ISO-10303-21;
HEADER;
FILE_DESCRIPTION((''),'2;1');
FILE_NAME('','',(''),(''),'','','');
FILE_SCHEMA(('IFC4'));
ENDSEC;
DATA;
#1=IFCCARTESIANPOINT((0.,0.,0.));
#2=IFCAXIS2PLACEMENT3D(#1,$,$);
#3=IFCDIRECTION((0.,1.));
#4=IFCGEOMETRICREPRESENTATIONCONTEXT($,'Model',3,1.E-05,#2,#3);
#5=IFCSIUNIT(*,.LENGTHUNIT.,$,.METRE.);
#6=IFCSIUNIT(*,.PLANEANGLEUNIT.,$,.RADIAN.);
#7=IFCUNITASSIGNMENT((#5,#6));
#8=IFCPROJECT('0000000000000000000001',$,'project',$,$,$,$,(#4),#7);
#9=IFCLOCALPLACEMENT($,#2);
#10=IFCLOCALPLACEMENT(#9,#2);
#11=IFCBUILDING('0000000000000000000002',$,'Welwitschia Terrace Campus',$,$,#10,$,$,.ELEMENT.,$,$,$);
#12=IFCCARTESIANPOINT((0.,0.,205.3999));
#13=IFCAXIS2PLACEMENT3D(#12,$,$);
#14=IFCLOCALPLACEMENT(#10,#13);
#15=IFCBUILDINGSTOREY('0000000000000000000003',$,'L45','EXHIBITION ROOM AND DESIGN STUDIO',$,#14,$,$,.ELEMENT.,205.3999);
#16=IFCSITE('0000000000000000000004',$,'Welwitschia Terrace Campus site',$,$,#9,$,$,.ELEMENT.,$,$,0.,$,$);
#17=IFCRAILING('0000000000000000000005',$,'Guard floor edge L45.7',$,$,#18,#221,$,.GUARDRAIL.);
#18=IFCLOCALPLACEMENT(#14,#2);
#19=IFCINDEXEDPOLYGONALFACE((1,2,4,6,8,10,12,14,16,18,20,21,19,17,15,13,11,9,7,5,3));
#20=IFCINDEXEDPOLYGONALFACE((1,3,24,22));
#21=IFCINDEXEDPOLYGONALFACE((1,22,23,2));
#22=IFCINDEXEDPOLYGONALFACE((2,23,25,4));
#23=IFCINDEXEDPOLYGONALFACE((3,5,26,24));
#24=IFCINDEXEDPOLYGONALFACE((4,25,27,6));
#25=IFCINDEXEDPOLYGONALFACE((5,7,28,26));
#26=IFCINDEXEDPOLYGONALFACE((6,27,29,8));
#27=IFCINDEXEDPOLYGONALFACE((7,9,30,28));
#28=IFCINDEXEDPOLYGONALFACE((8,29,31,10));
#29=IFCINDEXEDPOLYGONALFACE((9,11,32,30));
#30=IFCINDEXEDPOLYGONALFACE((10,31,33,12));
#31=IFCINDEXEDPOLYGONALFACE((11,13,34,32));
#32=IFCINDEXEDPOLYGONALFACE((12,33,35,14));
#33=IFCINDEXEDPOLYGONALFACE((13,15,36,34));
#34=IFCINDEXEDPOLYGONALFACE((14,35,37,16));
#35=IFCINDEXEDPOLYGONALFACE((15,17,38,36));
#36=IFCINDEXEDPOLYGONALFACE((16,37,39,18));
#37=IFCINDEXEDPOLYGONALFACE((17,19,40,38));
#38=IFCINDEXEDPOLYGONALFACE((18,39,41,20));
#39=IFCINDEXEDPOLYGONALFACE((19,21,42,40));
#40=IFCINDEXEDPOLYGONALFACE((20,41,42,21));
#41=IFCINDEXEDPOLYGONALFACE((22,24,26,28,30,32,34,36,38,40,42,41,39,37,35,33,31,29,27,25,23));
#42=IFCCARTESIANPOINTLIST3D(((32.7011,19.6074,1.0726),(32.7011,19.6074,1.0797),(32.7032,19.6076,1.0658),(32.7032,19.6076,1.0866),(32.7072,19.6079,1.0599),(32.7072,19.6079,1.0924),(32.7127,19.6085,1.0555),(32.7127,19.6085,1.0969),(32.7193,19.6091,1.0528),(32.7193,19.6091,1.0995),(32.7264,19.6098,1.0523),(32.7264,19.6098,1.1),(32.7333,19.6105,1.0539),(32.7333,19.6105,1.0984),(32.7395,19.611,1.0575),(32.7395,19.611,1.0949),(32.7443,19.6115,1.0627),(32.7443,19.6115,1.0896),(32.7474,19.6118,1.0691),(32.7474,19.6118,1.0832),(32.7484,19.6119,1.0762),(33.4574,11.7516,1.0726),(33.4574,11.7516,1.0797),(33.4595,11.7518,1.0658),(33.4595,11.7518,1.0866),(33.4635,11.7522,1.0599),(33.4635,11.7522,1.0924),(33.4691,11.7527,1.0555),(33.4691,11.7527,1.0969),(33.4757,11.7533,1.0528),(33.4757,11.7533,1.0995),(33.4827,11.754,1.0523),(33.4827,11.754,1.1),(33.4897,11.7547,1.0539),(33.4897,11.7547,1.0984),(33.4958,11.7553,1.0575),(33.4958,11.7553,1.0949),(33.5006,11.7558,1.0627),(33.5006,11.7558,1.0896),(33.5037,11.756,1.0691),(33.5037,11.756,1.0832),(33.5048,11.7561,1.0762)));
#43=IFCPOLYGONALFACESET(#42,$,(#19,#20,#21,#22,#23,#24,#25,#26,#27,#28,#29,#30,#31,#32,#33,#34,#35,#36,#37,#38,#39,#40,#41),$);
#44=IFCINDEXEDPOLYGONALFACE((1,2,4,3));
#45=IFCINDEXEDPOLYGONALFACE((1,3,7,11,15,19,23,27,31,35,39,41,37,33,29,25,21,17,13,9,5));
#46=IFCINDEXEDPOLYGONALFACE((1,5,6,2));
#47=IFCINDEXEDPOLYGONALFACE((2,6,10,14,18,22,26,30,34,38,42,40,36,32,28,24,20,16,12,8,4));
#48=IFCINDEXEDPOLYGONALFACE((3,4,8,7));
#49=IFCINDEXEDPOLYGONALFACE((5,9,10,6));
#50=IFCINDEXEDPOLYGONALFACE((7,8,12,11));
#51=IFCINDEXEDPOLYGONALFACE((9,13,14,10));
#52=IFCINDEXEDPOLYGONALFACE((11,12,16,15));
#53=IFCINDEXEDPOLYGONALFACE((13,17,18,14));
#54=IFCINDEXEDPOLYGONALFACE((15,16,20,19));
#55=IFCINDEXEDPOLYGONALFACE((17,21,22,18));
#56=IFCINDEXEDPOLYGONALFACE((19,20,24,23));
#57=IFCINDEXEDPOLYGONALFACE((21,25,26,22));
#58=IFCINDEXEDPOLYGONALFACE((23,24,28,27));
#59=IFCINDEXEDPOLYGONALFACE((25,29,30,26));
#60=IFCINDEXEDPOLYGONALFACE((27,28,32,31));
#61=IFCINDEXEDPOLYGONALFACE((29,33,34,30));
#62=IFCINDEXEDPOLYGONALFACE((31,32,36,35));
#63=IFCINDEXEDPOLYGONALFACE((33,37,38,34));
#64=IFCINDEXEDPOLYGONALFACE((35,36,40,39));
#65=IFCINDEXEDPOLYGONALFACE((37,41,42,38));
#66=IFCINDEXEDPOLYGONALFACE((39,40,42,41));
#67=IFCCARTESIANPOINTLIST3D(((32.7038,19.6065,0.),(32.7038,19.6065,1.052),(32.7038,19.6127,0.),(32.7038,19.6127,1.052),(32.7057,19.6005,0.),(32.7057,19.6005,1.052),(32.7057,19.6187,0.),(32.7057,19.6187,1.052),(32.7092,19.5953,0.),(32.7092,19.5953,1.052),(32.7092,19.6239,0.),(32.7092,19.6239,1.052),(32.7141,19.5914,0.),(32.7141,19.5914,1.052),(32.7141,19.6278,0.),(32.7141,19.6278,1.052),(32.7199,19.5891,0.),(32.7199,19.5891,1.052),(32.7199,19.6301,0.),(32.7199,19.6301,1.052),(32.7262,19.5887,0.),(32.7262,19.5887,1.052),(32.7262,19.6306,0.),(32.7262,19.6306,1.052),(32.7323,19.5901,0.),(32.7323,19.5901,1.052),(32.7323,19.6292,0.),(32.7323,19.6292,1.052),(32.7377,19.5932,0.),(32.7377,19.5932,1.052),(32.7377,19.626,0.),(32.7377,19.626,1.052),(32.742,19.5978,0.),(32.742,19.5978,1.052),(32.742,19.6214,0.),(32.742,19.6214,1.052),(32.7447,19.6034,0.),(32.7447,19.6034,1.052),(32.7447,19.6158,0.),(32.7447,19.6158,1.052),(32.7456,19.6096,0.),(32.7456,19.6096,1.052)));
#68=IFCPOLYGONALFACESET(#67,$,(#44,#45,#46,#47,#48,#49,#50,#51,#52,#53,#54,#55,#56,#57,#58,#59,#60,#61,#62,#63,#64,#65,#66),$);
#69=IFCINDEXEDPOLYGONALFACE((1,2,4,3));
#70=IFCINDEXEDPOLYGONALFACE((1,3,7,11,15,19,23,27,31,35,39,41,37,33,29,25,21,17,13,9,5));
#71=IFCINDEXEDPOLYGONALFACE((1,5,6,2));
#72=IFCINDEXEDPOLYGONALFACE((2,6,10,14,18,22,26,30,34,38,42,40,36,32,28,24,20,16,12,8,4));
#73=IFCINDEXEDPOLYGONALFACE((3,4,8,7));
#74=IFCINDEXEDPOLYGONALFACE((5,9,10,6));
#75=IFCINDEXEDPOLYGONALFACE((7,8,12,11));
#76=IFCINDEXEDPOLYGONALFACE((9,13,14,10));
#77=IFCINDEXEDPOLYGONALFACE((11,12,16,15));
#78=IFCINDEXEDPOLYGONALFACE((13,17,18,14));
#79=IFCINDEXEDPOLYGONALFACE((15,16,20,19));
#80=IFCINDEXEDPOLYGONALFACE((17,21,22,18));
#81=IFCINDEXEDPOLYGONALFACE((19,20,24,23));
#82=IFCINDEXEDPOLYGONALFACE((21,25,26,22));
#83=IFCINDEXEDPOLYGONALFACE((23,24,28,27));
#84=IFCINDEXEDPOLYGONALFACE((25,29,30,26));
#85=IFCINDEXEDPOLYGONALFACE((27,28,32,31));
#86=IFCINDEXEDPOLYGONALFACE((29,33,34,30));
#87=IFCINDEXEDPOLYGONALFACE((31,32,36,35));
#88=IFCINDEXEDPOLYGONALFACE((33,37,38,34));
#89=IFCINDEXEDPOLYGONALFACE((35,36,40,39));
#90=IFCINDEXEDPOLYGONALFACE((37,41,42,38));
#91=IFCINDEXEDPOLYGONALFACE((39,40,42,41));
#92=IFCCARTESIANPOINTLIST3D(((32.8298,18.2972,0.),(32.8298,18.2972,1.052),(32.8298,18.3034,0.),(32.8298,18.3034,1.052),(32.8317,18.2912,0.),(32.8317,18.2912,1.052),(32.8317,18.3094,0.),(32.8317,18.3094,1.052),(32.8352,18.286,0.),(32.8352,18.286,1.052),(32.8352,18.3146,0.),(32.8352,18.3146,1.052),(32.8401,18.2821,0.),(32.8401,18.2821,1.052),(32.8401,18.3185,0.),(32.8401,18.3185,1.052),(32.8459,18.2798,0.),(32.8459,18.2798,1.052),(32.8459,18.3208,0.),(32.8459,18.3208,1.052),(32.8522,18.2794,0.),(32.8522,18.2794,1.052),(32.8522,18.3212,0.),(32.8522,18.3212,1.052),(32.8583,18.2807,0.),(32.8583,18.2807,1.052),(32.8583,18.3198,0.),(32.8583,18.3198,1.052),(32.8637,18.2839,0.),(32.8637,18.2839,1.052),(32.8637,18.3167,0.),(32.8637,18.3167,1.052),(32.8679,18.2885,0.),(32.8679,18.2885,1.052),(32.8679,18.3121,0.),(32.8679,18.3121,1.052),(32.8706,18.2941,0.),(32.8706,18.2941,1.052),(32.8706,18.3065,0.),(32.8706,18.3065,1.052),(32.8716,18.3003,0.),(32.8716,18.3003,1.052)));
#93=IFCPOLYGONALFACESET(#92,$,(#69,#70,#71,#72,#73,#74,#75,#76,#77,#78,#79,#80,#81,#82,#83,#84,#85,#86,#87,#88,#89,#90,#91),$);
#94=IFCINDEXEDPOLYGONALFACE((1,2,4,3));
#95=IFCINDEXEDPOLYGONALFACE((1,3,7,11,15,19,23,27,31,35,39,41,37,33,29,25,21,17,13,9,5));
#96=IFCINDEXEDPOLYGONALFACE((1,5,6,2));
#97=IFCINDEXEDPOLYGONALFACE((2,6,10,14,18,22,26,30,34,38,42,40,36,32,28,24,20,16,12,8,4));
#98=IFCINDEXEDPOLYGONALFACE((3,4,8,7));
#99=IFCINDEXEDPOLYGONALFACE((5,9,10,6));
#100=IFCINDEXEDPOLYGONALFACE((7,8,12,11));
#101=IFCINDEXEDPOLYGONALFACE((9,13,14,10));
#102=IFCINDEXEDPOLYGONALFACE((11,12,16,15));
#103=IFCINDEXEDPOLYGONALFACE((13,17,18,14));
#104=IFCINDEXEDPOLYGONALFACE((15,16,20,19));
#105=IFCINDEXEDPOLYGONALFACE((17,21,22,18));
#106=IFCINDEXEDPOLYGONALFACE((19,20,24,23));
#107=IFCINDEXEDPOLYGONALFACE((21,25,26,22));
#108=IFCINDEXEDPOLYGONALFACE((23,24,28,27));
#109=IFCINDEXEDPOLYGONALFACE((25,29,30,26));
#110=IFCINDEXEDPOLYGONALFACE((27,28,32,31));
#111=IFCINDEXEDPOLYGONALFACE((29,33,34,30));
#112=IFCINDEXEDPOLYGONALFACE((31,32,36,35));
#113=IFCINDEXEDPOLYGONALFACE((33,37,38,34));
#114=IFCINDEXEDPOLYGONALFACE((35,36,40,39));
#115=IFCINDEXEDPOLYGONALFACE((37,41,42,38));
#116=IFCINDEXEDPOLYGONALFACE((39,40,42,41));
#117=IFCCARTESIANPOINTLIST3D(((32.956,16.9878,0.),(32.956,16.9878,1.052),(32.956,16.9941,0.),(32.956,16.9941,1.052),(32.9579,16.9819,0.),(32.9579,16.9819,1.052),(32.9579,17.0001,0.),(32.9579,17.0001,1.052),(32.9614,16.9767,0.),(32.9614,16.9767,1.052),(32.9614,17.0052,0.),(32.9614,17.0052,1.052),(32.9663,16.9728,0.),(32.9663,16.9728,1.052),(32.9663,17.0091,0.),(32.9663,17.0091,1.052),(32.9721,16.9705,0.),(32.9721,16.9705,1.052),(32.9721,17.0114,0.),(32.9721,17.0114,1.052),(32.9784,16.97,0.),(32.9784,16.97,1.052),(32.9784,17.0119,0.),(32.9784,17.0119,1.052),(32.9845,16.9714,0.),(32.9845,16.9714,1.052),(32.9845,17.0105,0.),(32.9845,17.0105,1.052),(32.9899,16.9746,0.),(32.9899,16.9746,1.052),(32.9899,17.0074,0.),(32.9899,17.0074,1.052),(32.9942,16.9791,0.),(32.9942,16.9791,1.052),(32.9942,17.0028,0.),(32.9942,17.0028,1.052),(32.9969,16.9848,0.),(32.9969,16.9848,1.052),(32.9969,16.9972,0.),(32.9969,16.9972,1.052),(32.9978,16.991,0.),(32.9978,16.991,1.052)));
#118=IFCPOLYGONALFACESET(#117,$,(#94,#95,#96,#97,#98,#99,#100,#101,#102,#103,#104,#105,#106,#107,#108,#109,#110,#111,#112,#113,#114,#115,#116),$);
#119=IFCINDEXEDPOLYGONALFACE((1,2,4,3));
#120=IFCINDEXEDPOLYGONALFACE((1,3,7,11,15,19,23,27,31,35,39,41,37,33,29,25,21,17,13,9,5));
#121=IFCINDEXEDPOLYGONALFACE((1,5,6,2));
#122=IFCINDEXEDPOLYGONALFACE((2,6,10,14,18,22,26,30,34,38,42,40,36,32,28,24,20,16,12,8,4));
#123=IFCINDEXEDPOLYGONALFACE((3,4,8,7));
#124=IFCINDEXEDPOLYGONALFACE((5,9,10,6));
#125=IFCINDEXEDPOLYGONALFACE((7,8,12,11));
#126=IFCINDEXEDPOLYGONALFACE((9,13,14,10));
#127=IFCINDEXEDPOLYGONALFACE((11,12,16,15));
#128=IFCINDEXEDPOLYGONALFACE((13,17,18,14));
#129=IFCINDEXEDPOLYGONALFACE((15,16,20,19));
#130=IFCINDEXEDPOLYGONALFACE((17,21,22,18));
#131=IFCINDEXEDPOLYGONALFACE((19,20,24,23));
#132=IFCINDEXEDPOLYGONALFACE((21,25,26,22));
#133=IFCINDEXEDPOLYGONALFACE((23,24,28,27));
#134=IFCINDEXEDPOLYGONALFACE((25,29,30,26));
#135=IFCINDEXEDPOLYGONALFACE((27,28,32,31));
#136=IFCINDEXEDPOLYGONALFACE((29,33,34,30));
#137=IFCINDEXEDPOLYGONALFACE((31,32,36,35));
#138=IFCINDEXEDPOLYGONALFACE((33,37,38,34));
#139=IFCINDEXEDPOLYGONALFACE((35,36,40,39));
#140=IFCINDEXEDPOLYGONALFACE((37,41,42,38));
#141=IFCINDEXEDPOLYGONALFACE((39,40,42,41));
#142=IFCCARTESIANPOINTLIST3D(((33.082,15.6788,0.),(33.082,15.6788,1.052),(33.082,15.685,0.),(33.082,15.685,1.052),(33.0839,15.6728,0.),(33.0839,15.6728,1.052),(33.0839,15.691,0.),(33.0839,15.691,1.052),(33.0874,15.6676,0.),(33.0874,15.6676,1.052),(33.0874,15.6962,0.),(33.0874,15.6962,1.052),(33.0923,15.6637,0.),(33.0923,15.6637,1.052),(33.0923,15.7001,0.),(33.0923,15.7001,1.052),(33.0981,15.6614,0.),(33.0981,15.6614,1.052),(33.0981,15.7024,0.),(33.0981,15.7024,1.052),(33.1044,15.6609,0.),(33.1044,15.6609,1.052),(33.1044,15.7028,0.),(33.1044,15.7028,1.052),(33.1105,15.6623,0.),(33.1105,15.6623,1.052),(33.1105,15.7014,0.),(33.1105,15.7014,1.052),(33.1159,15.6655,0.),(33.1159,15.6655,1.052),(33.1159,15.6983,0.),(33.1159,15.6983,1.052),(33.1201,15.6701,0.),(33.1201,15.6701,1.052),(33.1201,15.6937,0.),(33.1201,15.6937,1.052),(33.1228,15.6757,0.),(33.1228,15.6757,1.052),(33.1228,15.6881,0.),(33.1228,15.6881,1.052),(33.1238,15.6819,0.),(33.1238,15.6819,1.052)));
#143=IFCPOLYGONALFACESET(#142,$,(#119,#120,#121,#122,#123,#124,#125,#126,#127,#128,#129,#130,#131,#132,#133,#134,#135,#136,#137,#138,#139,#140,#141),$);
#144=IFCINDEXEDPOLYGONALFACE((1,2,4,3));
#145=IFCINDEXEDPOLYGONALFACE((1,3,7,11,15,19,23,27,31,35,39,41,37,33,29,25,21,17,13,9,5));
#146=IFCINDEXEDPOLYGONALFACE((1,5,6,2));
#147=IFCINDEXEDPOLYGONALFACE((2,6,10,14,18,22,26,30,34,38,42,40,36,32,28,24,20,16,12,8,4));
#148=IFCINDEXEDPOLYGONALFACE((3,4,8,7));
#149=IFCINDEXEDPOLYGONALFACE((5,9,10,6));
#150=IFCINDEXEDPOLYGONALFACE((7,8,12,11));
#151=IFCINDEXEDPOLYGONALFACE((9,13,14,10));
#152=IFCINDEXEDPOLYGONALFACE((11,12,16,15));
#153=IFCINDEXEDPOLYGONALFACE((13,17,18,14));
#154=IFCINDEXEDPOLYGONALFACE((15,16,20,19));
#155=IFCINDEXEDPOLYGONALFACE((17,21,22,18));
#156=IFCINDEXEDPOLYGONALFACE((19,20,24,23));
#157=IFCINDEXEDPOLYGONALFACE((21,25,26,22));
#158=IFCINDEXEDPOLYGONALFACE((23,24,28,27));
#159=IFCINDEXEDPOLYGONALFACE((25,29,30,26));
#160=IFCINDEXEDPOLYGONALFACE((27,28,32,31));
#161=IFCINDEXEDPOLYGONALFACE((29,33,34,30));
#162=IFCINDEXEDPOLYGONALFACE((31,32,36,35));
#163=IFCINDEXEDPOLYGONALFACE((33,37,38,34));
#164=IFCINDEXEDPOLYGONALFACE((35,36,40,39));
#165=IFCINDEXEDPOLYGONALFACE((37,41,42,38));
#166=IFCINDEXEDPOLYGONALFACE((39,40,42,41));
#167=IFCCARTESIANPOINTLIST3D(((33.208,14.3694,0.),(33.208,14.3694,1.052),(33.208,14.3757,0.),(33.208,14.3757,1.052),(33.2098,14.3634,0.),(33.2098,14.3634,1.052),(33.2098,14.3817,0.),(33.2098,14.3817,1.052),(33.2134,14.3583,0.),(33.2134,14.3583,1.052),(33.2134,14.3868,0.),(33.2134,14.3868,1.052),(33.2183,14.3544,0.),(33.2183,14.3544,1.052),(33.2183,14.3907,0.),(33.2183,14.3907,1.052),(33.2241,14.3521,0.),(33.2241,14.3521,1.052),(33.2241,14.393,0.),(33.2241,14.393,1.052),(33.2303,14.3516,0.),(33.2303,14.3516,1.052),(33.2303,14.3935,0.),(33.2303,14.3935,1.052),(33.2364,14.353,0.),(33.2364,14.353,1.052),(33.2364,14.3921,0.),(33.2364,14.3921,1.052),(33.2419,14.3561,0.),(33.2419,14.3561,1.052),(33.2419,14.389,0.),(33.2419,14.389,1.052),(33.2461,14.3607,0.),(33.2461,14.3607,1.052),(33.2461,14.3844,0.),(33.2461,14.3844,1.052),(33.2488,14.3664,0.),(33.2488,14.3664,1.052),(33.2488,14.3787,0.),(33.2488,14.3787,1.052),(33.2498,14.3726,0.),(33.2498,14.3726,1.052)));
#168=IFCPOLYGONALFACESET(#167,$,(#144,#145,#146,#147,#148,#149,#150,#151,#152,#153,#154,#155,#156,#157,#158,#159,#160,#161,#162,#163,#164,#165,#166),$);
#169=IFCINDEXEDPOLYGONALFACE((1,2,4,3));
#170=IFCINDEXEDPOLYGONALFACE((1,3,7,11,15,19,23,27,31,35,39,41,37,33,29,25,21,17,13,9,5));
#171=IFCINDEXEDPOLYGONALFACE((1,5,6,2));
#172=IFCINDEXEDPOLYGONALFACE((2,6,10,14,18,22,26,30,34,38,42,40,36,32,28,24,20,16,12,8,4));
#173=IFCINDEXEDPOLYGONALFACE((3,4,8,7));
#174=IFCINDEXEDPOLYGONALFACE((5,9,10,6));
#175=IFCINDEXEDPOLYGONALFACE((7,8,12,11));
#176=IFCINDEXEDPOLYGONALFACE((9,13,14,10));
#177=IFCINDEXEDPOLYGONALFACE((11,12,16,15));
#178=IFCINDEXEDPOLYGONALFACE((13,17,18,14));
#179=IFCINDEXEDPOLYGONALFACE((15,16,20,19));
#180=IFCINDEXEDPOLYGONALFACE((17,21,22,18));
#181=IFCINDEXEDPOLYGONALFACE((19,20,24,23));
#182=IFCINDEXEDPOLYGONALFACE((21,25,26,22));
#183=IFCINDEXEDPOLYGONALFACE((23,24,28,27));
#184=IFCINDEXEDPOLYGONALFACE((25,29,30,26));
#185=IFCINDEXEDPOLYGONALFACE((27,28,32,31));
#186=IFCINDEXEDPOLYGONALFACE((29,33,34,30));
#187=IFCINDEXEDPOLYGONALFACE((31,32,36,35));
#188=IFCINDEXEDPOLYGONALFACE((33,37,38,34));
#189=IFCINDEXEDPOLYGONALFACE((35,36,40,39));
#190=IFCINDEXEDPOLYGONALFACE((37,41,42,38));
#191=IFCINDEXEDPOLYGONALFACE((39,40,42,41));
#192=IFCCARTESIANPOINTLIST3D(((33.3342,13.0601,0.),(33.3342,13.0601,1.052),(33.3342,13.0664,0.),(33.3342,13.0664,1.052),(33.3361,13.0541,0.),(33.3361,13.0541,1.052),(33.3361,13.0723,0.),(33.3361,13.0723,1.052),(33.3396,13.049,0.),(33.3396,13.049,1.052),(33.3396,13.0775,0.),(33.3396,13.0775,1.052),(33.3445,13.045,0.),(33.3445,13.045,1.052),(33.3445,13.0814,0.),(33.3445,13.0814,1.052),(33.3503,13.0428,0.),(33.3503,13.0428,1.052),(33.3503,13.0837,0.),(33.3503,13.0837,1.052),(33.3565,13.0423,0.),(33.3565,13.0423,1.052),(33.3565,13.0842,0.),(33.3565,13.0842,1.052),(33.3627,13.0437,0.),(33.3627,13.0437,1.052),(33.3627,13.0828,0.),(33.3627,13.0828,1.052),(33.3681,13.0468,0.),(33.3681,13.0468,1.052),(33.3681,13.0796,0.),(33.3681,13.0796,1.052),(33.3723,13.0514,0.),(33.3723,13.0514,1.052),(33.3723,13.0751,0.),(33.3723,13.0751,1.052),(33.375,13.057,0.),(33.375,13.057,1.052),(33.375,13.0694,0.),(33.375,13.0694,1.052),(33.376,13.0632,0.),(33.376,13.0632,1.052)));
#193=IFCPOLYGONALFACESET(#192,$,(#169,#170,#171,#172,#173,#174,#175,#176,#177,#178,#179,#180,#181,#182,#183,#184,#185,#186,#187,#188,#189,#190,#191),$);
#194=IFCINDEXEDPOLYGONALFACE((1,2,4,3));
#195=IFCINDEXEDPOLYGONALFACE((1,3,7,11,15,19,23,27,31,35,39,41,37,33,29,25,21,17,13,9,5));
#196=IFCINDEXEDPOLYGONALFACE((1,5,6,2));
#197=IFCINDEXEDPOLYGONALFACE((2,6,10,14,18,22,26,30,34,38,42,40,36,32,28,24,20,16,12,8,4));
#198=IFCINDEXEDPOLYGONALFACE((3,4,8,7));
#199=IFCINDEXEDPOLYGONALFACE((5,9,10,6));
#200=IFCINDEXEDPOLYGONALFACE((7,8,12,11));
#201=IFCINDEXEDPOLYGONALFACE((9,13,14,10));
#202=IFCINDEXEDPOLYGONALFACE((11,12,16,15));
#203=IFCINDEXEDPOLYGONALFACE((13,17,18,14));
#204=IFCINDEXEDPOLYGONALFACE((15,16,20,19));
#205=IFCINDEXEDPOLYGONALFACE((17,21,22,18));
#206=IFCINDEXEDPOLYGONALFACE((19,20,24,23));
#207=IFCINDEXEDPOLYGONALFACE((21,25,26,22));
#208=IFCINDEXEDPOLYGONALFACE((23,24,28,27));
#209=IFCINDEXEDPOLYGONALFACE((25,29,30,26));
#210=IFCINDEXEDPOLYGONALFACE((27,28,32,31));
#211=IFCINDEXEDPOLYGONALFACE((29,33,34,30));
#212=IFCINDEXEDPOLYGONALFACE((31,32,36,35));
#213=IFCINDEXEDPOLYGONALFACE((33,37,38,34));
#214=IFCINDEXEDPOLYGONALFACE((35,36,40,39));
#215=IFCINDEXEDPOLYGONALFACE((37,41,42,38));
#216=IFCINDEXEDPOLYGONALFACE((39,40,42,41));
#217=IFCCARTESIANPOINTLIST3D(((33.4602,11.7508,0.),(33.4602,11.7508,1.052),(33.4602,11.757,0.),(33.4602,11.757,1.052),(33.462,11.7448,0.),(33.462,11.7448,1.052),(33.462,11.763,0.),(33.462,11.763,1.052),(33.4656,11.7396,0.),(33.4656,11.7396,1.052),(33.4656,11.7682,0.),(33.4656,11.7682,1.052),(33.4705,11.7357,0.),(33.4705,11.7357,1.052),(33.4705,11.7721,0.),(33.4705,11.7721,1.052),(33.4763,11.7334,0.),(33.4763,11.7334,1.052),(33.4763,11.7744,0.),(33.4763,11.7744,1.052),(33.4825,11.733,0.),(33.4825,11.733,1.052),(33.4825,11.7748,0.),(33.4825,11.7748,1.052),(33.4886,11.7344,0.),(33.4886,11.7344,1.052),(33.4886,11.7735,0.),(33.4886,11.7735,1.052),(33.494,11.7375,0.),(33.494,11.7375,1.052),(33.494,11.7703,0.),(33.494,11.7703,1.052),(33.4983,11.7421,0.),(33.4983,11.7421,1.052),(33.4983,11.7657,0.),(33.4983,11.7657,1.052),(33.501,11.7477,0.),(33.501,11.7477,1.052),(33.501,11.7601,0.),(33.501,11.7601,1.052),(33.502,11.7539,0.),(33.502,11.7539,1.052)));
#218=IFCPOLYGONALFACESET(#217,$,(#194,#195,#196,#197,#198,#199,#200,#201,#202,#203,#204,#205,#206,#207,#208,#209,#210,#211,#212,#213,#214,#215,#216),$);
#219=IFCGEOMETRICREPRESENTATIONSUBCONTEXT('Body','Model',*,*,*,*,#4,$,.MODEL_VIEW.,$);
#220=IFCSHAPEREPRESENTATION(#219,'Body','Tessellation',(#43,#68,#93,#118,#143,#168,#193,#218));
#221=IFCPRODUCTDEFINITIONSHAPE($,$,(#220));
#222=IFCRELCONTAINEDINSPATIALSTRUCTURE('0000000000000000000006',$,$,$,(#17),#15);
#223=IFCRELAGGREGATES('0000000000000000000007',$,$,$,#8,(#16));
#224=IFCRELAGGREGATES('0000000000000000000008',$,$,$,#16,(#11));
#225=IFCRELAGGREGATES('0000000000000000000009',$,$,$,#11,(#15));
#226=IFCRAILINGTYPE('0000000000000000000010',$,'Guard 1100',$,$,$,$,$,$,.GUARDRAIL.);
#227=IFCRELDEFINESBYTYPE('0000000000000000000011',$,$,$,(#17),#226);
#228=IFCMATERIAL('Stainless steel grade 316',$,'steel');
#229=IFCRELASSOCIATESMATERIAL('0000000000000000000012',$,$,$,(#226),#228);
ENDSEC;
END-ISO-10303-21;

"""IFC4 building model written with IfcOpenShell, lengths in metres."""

from ifc_helpers import new_model, si_unit, direction, frame, origin, origin_2d, place, context, subcontext, project, spatial, circle, extrude, material, type_object, element, save


model = new_model("IFC4")

# Units and contexts
model_context = context("Model", 3, precision=1e-05, world=origin(), true_north=direction((0.0, 1.0)))
body_context = subcontext(model_context, "Body", "Model", "MODEL_VIEW")
ifc_project = project(units=[si_unit("LENGTHUNIT", "METRE"), si_unit("PLANEANGLEUNIT", "RADIAN")], contexts=[model_context])

# Site, building, storey
site_placement = place(None, origin())
site = spatial("IfcSite", under=ifc_project, at=site_placement, Name="Welwitschia Terrace Campus site", CompositionType="ELEMENT", RefElevation=0.0)
building_placement = place(site_placement, origin())
building = spatial("IfcBuilding", under=site, at=building_placement, Name="Welwitschia Terrace Campus", CompositionType="ELEMENT")
storey_placement = place(building_placement, frame((0.0, 0.0, 205.3999)))
storey = spatial("IfcBuildingStorey", under=building, at=storey_placement, Name="L45", Description="EXHIBITION ROOM AND DESIGN STUDIO", CompositionType="ELEMENT", Elevation=205.3999)

# Railing
ifc_material_1 = material(Name="Stainless steel grade 316", Category="steel")
railing_type = type_object("IfcRailingType", Name="Guard 1100", PredefinedType="GUARDRAIL", material=ifc_material_1)
railing_1_placement = place(storey_placement, frame((32.7246, 19.6096, 0.0)))
element("IfcRailing", 1, at=railing_1_placement, inside=storey, type_object=railing_type, Name="Guard floor edge L45.7", PredefinedType="GUARDRAIL", context=body_context, shape_type="SweptSolid", body=[
    extrude(circle(Radius=0.0239, at=origin_2d()), frame((0.0, 0.0, 1.0762), z_axis=(0.095837, -0.995397, 0.0), x_axis=(0.995397, 0.095837, 0.0)), (0.0, 0.0, 1.0), 7.8921),
    extrude(circle(Radius=0.021, at=origin_2d()), origin(), (0.0, 0.0, 1.0), 1.052),
    extrude(circle(Radius=0.021, at=origin_2d()), frame((0.126, -1.3093, 0.0)), (0.0, 0.0, 1.0), 1.052),
    extrude(circle(Radius=0.021, at=origin_2d()), frame((0.2522, -2.6187, 0.0)), (0.0, 0.0, 1.0), 1.052),
    extrude(circle(Radius=0.021, at=origin_2d()), frame((0.3782, -3.9277, 0.0)), (0.0, 0.0, 1.0), 1.052),
    extrude(circle(Radius=0.021, at=origin_2d()), frame((0.5042, -5.2371, 0.0)), (0.0, 0.0, 1.0), 1.052),
    extrude(circle(Radius=0.021, at=origin_2d()), frame((0.6304, -6.5464, 0.0)), (0.0, 0.0, 1.0), 1.052),
    extrude(circle(Radius=0.021, at=origin_2d()), frame((0.7563, -7.8557, 0.0)), (0.0, 0.0, 1.0), 1.052),
])

save(model, "model.ifc")
